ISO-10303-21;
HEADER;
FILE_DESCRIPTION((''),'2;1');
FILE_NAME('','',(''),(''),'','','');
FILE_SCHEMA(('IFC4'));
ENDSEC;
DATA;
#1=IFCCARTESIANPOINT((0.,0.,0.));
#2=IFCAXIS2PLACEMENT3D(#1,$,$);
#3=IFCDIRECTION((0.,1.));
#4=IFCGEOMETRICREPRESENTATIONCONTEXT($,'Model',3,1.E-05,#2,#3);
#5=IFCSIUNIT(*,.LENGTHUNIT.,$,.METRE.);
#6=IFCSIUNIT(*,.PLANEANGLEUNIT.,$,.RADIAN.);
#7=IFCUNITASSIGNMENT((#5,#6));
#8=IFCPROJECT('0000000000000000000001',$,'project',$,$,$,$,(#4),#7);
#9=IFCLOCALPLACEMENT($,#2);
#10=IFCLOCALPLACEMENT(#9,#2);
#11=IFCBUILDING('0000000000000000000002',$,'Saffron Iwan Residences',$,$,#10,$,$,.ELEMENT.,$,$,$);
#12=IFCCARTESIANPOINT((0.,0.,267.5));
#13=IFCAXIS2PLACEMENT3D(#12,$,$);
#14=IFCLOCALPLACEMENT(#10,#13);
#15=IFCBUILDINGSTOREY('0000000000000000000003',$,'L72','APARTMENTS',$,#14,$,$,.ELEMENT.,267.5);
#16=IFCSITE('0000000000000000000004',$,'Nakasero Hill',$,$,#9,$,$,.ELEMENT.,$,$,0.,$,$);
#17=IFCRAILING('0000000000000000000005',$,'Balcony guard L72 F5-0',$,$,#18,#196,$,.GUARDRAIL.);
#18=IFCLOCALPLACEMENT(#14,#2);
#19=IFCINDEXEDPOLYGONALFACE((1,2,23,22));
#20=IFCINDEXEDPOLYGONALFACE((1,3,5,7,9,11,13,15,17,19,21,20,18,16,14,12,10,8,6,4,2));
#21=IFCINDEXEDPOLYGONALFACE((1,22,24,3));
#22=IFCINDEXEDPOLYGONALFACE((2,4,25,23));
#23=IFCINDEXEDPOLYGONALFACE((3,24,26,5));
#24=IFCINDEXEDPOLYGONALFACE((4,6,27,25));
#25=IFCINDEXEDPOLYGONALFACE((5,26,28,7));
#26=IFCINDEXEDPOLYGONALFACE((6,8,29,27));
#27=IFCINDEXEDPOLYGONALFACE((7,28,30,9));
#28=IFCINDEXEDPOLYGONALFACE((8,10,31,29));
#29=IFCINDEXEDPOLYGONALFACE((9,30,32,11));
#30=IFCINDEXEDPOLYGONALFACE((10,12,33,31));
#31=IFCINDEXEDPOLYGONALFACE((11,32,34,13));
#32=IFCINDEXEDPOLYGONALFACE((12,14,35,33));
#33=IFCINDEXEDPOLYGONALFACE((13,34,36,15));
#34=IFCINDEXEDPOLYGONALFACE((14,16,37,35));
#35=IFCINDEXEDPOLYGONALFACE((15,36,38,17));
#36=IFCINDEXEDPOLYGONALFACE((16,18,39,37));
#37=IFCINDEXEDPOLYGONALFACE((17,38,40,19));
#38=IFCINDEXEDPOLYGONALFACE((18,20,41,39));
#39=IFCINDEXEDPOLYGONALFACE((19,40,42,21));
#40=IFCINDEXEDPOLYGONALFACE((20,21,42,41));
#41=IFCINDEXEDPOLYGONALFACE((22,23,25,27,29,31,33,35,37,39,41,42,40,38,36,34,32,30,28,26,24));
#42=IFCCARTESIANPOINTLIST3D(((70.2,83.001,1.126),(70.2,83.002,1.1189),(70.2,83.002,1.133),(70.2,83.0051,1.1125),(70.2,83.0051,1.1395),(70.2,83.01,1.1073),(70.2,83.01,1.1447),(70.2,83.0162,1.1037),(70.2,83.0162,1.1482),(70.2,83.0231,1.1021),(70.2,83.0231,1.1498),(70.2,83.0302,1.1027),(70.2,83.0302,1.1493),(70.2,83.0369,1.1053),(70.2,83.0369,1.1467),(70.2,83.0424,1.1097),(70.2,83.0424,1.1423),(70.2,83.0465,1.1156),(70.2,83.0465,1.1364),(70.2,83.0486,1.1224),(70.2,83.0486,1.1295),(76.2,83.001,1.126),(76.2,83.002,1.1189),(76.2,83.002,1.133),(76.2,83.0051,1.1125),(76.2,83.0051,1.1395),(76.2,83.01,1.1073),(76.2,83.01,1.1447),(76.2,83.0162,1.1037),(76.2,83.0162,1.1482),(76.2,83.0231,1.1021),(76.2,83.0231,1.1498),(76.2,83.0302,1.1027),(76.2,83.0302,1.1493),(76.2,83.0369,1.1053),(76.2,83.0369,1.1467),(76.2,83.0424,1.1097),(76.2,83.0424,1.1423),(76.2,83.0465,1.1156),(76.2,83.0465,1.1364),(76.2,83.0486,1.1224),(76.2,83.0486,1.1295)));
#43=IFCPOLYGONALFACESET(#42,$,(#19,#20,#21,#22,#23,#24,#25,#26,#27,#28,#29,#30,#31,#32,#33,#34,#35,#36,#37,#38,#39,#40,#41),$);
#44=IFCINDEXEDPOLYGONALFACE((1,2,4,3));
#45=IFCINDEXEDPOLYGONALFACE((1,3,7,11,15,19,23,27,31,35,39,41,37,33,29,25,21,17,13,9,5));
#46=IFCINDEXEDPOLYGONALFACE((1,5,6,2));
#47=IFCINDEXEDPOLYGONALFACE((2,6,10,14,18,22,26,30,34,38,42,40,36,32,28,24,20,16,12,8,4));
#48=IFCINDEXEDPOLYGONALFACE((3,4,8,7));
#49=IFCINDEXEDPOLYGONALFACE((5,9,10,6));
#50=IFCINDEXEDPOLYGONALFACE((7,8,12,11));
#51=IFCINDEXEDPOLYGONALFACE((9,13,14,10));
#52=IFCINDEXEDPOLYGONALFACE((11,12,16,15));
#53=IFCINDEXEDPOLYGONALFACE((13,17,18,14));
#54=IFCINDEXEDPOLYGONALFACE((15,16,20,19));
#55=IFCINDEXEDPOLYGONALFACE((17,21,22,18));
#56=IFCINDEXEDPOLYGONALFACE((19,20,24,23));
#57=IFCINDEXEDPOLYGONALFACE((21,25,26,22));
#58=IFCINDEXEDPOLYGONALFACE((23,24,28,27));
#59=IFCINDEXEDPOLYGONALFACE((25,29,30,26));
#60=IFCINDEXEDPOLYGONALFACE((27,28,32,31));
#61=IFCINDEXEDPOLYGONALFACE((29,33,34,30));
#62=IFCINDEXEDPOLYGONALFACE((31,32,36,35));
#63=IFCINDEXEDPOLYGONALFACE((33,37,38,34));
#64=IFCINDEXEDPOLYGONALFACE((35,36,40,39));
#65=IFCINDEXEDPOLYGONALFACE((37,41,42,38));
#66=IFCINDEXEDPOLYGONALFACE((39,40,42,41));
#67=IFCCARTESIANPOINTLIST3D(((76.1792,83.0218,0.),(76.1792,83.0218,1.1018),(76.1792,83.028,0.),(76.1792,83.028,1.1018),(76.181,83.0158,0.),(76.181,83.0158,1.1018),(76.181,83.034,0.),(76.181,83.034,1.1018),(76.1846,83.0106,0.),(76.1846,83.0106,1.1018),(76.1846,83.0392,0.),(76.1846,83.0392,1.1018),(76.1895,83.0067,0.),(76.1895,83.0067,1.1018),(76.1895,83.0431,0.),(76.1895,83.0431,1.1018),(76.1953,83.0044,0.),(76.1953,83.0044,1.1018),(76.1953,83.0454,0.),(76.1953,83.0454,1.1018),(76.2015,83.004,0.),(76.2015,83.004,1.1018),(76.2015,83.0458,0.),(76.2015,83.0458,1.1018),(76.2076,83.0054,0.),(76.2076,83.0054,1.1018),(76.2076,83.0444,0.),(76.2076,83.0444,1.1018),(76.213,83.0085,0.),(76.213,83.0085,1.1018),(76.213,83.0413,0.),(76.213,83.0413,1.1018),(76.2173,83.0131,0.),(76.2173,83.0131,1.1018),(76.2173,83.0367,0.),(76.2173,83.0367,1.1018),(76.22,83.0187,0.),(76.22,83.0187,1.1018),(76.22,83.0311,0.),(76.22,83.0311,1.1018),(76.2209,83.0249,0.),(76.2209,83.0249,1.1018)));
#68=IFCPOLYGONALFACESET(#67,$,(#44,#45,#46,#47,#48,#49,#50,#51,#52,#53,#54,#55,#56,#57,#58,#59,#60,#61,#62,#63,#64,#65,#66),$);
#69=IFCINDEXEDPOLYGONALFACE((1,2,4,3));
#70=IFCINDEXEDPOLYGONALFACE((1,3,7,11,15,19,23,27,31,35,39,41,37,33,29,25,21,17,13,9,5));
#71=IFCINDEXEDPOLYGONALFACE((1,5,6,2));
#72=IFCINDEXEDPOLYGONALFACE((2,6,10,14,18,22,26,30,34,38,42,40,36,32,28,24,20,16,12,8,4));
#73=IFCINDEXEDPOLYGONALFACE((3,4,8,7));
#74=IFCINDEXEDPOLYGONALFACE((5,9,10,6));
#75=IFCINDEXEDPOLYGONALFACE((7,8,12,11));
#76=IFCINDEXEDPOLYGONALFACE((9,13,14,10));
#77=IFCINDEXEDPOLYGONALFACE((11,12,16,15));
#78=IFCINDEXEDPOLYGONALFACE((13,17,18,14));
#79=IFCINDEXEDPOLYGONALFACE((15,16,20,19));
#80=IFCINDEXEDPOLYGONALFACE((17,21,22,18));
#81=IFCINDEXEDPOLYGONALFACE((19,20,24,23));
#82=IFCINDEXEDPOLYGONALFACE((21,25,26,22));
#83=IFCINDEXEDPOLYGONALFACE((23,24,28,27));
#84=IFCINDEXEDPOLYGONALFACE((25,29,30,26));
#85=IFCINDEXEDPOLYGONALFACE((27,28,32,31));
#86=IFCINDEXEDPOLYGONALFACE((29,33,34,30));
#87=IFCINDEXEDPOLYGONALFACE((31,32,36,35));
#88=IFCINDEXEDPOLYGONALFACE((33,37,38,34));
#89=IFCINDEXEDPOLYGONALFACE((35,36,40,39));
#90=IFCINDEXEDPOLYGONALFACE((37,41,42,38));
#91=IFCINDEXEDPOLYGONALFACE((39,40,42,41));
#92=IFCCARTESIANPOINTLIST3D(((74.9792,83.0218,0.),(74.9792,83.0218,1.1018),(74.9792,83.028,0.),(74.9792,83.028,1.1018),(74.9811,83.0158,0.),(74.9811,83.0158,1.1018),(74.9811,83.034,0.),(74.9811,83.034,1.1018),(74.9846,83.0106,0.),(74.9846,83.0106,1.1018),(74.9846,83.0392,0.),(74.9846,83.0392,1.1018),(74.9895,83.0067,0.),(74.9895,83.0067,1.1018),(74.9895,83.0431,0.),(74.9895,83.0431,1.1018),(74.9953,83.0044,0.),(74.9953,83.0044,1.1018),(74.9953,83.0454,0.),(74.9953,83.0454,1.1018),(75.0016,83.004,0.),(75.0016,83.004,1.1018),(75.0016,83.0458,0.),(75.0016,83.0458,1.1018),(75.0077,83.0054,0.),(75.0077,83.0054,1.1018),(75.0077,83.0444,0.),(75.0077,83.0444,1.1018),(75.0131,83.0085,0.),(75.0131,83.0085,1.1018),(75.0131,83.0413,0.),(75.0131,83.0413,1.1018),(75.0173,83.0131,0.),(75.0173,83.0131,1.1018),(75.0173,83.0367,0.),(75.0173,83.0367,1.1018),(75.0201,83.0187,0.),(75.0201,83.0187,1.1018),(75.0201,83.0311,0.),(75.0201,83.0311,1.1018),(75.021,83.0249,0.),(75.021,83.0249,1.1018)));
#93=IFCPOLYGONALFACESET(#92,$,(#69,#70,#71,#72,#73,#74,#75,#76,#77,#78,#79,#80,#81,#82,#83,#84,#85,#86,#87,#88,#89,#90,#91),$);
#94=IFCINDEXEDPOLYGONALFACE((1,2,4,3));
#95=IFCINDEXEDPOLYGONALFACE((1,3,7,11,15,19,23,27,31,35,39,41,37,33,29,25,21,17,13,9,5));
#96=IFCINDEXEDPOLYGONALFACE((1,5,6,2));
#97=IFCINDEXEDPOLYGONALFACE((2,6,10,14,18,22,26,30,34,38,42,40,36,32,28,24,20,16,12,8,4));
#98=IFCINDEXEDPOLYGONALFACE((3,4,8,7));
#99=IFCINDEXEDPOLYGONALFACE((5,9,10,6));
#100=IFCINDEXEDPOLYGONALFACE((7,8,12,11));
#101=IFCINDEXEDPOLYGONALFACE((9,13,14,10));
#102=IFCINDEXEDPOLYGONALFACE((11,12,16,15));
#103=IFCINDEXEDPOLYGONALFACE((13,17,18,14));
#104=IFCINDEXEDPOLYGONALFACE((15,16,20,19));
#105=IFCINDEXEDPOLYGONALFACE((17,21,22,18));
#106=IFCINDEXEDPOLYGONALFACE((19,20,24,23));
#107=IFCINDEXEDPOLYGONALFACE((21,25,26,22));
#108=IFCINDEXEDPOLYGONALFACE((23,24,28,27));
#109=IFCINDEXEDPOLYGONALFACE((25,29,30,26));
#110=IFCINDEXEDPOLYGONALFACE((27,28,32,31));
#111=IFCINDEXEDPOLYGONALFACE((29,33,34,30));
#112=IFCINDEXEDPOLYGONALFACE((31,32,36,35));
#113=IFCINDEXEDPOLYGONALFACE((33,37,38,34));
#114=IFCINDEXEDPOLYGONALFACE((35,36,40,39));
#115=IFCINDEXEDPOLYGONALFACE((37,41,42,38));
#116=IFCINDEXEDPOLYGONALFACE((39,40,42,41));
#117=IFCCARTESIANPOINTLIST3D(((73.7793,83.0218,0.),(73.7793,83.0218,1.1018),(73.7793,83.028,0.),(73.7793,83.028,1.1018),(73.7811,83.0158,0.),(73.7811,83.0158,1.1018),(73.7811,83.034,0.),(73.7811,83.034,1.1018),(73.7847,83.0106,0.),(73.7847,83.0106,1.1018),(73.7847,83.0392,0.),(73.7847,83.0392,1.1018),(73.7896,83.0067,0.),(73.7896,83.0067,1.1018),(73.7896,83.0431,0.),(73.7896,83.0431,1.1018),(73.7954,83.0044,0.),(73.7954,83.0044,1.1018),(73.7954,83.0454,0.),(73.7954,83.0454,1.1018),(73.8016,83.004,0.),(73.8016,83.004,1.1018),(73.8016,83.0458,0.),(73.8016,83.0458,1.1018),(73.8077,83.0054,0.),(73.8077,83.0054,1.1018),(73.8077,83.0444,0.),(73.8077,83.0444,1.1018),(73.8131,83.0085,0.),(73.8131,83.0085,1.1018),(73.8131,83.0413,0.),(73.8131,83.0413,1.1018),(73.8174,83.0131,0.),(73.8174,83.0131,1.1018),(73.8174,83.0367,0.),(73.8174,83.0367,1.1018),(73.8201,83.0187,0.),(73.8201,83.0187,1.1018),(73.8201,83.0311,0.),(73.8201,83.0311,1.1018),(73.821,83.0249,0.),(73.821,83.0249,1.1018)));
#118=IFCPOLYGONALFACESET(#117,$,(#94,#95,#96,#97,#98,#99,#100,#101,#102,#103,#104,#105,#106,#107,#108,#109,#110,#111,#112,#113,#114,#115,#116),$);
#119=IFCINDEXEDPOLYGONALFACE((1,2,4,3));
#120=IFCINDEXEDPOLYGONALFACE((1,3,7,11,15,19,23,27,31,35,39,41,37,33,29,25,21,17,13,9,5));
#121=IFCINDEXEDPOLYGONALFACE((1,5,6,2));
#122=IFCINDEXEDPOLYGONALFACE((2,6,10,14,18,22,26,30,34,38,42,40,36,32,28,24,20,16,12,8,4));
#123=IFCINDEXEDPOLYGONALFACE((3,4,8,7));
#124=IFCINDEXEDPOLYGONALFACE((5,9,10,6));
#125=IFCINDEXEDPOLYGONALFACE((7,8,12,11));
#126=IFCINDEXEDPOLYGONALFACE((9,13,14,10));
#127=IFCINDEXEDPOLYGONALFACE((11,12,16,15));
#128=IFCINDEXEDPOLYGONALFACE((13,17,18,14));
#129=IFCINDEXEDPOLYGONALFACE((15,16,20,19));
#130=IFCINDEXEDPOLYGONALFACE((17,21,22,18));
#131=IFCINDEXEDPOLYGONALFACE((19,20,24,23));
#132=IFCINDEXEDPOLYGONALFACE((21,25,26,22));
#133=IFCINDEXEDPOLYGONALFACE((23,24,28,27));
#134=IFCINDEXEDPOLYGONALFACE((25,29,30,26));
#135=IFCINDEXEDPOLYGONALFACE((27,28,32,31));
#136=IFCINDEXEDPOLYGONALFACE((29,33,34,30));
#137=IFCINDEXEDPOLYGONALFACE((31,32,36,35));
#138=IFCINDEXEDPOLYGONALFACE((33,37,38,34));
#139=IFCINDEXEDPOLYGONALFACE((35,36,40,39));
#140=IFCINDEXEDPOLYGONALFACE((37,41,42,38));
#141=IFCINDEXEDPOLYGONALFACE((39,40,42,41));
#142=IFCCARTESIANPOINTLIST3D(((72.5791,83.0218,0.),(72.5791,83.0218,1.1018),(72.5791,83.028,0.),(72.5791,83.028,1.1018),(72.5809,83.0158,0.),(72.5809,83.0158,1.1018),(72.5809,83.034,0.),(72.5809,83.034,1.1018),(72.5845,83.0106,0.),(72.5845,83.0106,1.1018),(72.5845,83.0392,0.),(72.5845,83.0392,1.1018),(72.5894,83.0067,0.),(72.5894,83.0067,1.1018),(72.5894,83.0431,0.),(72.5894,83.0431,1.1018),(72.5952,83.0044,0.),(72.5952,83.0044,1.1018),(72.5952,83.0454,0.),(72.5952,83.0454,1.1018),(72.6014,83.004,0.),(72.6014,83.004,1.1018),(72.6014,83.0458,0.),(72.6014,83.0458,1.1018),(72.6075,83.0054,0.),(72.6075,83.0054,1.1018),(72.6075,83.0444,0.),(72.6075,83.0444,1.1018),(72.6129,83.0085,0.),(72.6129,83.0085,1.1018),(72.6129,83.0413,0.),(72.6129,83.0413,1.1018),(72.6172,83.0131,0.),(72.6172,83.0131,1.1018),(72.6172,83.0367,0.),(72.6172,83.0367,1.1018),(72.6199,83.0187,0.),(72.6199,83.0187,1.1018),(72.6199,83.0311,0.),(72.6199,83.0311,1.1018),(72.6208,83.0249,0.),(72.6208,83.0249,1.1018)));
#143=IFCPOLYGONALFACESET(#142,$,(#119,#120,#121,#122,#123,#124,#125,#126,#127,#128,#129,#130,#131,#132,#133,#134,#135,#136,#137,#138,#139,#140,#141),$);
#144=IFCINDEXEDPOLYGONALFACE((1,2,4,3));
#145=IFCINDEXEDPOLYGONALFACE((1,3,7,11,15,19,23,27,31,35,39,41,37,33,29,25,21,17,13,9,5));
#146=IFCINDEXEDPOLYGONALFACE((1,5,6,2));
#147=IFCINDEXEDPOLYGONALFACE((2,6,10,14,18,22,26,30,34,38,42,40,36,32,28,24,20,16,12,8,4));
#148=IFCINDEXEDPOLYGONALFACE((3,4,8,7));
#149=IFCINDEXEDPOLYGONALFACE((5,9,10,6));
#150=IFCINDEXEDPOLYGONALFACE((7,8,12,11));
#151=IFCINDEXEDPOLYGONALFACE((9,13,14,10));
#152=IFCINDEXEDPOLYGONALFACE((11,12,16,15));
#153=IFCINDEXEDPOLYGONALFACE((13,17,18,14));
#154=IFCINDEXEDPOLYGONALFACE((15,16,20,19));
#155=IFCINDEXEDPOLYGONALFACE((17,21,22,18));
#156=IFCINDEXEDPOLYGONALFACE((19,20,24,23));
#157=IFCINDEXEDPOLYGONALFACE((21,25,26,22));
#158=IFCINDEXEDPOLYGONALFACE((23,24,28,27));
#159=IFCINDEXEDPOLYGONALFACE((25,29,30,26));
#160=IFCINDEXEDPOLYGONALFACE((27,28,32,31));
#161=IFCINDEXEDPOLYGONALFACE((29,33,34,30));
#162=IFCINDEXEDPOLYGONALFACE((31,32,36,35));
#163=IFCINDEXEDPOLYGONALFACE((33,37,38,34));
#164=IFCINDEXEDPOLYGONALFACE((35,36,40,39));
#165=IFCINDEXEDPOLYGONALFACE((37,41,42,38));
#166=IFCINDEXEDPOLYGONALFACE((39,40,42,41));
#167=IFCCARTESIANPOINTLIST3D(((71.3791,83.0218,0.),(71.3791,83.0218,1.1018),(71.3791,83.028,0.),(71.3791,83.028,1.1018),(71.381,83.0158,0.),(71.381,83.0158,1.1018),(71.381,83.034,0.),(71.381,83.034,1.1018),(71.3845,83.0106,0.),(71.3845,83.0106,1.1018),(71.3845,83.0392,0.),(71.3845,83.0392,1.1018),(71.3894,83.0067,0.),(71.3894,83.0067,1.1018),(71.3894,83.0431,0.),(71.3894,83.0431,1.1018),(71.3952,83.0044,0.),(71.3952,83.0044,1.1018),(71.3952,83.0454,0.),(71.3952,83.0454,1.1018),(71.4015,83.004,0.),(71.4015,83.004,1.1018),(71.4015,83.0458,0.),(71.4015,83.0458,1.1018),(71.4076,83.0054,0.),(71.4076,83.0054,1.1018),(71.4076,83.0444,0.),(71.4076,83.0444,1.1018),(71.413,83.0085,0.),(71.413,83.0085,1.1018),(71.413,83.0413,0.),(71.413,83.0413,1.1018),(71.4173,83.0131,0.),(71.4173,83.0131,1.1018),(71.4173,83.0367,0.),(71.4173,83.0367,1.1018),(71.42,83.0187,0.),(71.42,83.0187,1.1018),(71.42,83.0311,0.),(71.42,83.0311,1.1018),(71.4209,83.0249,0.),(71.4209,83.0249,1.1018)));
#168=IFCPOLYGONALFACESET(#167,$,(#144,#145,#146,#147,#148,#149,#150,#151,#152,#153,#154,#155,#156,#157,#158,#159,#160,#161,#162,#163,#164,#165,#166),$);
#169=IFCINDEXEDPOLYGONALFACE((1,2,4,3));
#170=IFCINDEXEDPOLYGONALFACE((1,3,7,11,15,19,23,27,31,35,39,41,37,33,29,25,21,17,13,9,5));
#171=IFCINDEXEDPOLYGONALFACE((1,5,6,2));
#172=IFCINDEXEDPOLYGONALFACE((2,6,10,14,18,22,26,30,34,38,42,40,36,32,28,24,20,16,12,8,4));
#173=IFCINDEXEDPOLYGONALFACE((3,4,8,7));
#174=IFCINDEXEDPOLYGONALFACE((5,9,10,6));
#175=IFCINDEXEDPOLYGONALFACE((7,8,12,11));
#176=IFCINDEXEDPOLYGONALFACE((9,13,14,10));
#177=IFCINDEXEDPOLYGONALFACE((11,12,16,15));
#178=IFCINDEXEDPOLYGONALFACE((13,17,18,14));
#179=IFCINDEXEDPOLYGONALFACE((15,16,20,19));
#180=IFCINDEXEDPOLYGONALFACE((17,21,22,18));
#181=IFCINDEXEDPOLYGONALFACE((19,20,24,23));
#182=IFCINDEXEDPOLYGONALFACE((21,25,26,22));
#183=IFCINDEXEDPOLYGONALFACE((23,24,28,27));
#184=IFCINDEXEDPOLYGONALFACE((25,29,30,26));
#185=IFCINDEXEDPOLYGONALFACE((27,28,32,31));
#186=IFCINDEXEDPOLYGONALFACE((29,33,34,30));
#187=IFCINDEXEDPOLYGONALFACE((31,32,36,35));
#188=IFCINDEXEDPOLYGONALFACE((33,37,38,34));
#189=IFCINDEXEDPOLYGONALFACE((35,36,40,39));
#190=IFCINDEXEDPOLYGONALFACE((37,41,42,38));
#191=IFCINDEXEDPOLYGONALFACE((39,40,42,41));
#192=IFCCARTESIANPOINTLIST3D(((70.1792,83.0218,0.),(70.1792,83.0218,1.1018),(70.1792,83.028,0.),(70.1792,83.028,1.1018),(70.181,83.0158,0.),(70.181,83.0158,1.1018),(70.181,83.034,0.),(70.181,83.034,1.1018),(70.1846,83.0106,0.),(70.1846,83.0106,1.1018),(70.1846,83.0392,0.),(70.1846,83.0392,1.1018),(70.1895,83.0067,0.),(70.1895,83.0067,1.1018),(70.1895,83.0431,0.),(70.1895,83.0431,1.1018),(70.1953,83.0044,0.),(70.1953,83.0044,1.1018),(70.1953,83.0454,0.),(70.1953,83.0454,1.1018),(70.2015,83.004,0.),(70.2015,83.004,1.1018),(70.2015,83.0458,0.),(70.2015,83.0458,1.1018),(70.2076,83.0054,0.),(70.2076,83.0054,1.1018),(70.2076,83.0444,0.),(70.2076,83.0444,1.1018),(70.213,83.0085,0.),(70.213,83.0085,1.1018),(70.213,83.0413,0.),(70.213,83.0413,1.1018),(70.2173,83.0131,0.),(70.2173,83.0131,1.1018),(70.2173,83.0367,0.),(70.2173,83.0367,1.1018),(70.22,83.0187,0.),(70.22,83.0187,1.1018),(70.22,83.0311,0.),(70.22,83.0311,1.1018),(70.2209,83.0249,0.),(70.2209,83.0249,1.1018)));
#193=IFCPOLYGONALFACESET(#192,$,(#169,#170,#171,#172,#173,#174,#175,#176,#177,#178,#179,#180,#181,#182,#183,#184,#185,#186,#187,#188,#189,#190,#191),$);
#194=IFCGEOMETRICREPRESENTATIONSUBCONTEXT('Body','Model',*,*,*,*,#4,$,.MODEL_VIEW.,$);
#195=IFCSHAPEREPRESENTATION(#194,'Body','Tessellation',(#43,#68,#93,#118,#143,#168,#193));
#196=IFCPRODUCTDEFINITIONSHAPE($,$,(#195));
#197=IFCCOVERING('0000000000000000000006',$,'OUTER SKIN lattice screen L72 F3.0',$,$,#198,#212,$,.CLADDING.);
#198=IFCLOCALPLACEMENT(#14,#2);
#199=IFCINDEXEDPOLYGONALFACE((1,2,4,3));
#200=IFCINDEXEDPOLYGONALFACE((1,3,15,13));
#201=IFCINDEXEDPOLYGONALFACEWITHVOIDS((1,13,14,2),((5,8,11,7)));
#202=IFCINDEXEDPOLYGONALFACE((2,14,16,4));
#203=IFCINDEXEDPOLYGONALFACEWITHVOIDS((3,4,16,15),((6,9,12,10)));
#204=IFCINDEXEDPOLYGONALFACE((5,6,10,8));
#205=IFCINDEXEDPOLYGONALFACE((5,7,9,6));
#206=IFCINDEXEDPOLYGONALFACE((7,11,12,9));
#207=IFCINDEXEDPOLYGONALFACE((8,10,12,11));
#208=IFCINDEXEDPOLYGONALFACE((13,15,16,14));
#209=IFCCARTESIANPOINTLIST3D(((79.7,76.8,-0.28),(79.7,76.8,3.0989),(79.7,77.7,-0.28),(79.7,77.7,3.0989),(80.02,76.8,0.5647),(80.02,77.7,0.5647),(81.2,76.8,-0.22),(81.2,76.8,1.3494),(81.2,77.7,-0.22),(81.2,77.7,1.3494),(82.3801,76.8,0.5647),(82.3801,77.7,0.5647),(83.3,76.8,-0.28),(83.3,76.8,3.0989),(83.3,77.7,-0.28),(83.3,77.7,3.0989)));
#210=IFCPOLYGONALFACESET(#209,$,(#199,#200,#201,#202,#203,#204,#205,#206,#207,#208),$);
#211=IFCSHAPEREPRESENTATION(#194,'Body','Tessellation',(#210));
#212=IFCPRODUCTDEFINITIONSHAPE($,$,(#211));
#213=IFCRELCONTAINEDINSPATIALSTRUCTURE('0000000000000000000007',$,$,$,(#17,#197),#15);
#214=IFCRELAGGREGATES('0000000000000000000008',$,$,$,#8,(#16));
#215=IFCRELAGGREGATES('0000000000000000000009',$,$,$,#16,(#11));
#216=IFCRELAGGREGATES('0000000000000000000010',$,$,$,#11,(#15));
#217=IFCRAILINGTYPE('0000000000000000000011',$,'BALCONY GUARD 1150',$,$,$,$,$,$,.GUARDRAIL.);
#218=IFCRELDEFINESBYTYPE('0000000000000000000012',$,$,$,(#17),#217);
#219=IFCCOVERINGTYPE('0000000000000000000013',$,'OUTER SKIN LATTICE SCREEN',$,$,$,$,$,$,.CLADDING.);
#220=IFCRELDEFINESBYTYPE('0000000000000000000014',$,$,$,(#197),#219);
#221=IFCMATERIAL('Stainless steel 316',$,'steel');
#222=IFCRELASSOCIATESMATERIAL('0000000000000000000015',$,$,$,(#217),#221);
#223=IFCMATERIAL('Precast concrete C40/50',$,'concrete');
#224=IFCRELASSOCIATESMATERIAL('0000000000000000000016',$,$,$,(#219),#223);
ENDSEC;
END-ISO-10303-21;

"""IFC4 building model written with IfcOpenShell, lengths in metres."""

from ifc_helpers import new_model, si_unit, direction, frame, origin, origin_2d, place, context, subcontext, project, spatial, polyline, circle, outline, extrude, material, type_object, element, save


model = new_model("IFC4")

# Units and contexts
model_context = context("Model", 3, precision=1e-05, world=origin(), true_north=direction((0.0, 1.0)))
body_context = subcontext(model_context, "Body", "Model", "MODEL_VIEW")
ifc_project = project(units=[si_unit("LENGTHUNIT", "METRE"), si_unit("PLANEANGLEUNIT", "RADIAN")], contexts=[model_context])

# Site, building, storey
site_placement = place(None, origin())
site = spatial("IfcSite", under=ifc_project, at=site_placement, Name="Nakasero Hill", CompositionType="ELEMENT", RefElevation=0.0)
building_placement = place(site_placement, origin())
building = spatial("IfcBuilding", under=site, at=building_placement, Name="Saffron Iwan Residences", CompositionType="ELEMENT")
storey_placement = place(building_placement, frame((0.0, 0.0, 267.5)))
storey = spatial("IfcBuildingStorey", under=building, at=storey_placement, Name="L72", Description="APARTMENTS", CompositionType="ELEMENT", Elevation=267.5)

# Railing
ifc_material_1 = material(Name="Stainless steel 316", Category="steel")
railing_type = type_object("IfcRailingType", Name="BALCONY GUARD 1150", PredefinedType="GUARDRAIL", material=ifc_material_1)
railing_placement = place(storey_placement, frame((76.2, 83.0249, 0.0)))
element("IfcRailing", 1, at=railing_placement, inside=storey, type_object=railing_type, Name="Balcony guard L72 F5-0", PredefinedType="GUARDRAIL", context=body_context, shape_type="SweptSolid", body=[
    extrude(circle(Radius=0.0239, at=origin_2d()), frame((0.0, 0.0, 1.126), z_axis=(-1.0, 0.0, 0.0), x_axis=(0.0, -1.0, 0.0)), (0.0, 0.0, 1.0), 6.0),
    extrude(circle(Radius=0.021, at=origin_2d()), origin(), (0.0, 0.0, 1.0), 1.1018),
    extrude(circle(Radius=0.021, at=origin_2d()), frame((-1.2, 0.0, 0.0)), (0.0, 0.0, 1.0), 1.1018),
    extrude(circle(Radius=0.021, at=origin_2d()), frame((-2.3999, 0.0, 0.0)), (0.0, 0.0, 1.0), 1.1018),
    extrude(circle(Radius=0.021, at=origin_2d()), frame((-3.6001, 0.0, 0.0)), (0.0, 0.0, 1.0), 1.1018),
    extrude(circle(Radius=0.021, at=origin_2d()), frame((-4.8, 0.0, 0.0)), (0.0, 0.0, 1.0), 1.1018),
    extrude(circle(Radius=0.021, at=origin_2d()), frame((-6.0, 0.0, 0.0)), (0.0, 0.0, 1.0), 1.1018),
])

# Covering
ifc_material_2 = material(Name="Precast concrete C40/50", Category="concrete")
covering_type_1 = type_object("IfcCoveringType", Name="OUTER SKIN LATTICE SCREEN", PredefinedType="CLADDING", material=ifc_material_2)
covering_1_placement = place(storey_placement, frame((83.3, 76.8, -0.28), z_axis=(0.0, 1.0, 0.0), x_axis=(-1.0, 0.0, 0.0)))
element("IfcCovering", 2, at=covering_1_placement, inside=storey, type_object=covering_type_1, Name="OUTER SKIN lattice screen L72 F3.0", PredefinedType="CLADDING", context=body_context, shape_type="SweptSolid", body=[
    extrude(outline(polyline([(0.0, 0.0), (3.6001, 0.0), (3.6001, 3.3789), (0.0, 3.3789), (0.0, 0.0)]), holes=[polyline([(0.9199, 0.8447), (2.1001, 0.0601), (3.28, 0.8447), (2.1001, 1.6294), (0.9199, 0.8447)])]), origin(), (0.0, 0.0, 1.0), 0.8999),
])

save(model, "model.ifc")
